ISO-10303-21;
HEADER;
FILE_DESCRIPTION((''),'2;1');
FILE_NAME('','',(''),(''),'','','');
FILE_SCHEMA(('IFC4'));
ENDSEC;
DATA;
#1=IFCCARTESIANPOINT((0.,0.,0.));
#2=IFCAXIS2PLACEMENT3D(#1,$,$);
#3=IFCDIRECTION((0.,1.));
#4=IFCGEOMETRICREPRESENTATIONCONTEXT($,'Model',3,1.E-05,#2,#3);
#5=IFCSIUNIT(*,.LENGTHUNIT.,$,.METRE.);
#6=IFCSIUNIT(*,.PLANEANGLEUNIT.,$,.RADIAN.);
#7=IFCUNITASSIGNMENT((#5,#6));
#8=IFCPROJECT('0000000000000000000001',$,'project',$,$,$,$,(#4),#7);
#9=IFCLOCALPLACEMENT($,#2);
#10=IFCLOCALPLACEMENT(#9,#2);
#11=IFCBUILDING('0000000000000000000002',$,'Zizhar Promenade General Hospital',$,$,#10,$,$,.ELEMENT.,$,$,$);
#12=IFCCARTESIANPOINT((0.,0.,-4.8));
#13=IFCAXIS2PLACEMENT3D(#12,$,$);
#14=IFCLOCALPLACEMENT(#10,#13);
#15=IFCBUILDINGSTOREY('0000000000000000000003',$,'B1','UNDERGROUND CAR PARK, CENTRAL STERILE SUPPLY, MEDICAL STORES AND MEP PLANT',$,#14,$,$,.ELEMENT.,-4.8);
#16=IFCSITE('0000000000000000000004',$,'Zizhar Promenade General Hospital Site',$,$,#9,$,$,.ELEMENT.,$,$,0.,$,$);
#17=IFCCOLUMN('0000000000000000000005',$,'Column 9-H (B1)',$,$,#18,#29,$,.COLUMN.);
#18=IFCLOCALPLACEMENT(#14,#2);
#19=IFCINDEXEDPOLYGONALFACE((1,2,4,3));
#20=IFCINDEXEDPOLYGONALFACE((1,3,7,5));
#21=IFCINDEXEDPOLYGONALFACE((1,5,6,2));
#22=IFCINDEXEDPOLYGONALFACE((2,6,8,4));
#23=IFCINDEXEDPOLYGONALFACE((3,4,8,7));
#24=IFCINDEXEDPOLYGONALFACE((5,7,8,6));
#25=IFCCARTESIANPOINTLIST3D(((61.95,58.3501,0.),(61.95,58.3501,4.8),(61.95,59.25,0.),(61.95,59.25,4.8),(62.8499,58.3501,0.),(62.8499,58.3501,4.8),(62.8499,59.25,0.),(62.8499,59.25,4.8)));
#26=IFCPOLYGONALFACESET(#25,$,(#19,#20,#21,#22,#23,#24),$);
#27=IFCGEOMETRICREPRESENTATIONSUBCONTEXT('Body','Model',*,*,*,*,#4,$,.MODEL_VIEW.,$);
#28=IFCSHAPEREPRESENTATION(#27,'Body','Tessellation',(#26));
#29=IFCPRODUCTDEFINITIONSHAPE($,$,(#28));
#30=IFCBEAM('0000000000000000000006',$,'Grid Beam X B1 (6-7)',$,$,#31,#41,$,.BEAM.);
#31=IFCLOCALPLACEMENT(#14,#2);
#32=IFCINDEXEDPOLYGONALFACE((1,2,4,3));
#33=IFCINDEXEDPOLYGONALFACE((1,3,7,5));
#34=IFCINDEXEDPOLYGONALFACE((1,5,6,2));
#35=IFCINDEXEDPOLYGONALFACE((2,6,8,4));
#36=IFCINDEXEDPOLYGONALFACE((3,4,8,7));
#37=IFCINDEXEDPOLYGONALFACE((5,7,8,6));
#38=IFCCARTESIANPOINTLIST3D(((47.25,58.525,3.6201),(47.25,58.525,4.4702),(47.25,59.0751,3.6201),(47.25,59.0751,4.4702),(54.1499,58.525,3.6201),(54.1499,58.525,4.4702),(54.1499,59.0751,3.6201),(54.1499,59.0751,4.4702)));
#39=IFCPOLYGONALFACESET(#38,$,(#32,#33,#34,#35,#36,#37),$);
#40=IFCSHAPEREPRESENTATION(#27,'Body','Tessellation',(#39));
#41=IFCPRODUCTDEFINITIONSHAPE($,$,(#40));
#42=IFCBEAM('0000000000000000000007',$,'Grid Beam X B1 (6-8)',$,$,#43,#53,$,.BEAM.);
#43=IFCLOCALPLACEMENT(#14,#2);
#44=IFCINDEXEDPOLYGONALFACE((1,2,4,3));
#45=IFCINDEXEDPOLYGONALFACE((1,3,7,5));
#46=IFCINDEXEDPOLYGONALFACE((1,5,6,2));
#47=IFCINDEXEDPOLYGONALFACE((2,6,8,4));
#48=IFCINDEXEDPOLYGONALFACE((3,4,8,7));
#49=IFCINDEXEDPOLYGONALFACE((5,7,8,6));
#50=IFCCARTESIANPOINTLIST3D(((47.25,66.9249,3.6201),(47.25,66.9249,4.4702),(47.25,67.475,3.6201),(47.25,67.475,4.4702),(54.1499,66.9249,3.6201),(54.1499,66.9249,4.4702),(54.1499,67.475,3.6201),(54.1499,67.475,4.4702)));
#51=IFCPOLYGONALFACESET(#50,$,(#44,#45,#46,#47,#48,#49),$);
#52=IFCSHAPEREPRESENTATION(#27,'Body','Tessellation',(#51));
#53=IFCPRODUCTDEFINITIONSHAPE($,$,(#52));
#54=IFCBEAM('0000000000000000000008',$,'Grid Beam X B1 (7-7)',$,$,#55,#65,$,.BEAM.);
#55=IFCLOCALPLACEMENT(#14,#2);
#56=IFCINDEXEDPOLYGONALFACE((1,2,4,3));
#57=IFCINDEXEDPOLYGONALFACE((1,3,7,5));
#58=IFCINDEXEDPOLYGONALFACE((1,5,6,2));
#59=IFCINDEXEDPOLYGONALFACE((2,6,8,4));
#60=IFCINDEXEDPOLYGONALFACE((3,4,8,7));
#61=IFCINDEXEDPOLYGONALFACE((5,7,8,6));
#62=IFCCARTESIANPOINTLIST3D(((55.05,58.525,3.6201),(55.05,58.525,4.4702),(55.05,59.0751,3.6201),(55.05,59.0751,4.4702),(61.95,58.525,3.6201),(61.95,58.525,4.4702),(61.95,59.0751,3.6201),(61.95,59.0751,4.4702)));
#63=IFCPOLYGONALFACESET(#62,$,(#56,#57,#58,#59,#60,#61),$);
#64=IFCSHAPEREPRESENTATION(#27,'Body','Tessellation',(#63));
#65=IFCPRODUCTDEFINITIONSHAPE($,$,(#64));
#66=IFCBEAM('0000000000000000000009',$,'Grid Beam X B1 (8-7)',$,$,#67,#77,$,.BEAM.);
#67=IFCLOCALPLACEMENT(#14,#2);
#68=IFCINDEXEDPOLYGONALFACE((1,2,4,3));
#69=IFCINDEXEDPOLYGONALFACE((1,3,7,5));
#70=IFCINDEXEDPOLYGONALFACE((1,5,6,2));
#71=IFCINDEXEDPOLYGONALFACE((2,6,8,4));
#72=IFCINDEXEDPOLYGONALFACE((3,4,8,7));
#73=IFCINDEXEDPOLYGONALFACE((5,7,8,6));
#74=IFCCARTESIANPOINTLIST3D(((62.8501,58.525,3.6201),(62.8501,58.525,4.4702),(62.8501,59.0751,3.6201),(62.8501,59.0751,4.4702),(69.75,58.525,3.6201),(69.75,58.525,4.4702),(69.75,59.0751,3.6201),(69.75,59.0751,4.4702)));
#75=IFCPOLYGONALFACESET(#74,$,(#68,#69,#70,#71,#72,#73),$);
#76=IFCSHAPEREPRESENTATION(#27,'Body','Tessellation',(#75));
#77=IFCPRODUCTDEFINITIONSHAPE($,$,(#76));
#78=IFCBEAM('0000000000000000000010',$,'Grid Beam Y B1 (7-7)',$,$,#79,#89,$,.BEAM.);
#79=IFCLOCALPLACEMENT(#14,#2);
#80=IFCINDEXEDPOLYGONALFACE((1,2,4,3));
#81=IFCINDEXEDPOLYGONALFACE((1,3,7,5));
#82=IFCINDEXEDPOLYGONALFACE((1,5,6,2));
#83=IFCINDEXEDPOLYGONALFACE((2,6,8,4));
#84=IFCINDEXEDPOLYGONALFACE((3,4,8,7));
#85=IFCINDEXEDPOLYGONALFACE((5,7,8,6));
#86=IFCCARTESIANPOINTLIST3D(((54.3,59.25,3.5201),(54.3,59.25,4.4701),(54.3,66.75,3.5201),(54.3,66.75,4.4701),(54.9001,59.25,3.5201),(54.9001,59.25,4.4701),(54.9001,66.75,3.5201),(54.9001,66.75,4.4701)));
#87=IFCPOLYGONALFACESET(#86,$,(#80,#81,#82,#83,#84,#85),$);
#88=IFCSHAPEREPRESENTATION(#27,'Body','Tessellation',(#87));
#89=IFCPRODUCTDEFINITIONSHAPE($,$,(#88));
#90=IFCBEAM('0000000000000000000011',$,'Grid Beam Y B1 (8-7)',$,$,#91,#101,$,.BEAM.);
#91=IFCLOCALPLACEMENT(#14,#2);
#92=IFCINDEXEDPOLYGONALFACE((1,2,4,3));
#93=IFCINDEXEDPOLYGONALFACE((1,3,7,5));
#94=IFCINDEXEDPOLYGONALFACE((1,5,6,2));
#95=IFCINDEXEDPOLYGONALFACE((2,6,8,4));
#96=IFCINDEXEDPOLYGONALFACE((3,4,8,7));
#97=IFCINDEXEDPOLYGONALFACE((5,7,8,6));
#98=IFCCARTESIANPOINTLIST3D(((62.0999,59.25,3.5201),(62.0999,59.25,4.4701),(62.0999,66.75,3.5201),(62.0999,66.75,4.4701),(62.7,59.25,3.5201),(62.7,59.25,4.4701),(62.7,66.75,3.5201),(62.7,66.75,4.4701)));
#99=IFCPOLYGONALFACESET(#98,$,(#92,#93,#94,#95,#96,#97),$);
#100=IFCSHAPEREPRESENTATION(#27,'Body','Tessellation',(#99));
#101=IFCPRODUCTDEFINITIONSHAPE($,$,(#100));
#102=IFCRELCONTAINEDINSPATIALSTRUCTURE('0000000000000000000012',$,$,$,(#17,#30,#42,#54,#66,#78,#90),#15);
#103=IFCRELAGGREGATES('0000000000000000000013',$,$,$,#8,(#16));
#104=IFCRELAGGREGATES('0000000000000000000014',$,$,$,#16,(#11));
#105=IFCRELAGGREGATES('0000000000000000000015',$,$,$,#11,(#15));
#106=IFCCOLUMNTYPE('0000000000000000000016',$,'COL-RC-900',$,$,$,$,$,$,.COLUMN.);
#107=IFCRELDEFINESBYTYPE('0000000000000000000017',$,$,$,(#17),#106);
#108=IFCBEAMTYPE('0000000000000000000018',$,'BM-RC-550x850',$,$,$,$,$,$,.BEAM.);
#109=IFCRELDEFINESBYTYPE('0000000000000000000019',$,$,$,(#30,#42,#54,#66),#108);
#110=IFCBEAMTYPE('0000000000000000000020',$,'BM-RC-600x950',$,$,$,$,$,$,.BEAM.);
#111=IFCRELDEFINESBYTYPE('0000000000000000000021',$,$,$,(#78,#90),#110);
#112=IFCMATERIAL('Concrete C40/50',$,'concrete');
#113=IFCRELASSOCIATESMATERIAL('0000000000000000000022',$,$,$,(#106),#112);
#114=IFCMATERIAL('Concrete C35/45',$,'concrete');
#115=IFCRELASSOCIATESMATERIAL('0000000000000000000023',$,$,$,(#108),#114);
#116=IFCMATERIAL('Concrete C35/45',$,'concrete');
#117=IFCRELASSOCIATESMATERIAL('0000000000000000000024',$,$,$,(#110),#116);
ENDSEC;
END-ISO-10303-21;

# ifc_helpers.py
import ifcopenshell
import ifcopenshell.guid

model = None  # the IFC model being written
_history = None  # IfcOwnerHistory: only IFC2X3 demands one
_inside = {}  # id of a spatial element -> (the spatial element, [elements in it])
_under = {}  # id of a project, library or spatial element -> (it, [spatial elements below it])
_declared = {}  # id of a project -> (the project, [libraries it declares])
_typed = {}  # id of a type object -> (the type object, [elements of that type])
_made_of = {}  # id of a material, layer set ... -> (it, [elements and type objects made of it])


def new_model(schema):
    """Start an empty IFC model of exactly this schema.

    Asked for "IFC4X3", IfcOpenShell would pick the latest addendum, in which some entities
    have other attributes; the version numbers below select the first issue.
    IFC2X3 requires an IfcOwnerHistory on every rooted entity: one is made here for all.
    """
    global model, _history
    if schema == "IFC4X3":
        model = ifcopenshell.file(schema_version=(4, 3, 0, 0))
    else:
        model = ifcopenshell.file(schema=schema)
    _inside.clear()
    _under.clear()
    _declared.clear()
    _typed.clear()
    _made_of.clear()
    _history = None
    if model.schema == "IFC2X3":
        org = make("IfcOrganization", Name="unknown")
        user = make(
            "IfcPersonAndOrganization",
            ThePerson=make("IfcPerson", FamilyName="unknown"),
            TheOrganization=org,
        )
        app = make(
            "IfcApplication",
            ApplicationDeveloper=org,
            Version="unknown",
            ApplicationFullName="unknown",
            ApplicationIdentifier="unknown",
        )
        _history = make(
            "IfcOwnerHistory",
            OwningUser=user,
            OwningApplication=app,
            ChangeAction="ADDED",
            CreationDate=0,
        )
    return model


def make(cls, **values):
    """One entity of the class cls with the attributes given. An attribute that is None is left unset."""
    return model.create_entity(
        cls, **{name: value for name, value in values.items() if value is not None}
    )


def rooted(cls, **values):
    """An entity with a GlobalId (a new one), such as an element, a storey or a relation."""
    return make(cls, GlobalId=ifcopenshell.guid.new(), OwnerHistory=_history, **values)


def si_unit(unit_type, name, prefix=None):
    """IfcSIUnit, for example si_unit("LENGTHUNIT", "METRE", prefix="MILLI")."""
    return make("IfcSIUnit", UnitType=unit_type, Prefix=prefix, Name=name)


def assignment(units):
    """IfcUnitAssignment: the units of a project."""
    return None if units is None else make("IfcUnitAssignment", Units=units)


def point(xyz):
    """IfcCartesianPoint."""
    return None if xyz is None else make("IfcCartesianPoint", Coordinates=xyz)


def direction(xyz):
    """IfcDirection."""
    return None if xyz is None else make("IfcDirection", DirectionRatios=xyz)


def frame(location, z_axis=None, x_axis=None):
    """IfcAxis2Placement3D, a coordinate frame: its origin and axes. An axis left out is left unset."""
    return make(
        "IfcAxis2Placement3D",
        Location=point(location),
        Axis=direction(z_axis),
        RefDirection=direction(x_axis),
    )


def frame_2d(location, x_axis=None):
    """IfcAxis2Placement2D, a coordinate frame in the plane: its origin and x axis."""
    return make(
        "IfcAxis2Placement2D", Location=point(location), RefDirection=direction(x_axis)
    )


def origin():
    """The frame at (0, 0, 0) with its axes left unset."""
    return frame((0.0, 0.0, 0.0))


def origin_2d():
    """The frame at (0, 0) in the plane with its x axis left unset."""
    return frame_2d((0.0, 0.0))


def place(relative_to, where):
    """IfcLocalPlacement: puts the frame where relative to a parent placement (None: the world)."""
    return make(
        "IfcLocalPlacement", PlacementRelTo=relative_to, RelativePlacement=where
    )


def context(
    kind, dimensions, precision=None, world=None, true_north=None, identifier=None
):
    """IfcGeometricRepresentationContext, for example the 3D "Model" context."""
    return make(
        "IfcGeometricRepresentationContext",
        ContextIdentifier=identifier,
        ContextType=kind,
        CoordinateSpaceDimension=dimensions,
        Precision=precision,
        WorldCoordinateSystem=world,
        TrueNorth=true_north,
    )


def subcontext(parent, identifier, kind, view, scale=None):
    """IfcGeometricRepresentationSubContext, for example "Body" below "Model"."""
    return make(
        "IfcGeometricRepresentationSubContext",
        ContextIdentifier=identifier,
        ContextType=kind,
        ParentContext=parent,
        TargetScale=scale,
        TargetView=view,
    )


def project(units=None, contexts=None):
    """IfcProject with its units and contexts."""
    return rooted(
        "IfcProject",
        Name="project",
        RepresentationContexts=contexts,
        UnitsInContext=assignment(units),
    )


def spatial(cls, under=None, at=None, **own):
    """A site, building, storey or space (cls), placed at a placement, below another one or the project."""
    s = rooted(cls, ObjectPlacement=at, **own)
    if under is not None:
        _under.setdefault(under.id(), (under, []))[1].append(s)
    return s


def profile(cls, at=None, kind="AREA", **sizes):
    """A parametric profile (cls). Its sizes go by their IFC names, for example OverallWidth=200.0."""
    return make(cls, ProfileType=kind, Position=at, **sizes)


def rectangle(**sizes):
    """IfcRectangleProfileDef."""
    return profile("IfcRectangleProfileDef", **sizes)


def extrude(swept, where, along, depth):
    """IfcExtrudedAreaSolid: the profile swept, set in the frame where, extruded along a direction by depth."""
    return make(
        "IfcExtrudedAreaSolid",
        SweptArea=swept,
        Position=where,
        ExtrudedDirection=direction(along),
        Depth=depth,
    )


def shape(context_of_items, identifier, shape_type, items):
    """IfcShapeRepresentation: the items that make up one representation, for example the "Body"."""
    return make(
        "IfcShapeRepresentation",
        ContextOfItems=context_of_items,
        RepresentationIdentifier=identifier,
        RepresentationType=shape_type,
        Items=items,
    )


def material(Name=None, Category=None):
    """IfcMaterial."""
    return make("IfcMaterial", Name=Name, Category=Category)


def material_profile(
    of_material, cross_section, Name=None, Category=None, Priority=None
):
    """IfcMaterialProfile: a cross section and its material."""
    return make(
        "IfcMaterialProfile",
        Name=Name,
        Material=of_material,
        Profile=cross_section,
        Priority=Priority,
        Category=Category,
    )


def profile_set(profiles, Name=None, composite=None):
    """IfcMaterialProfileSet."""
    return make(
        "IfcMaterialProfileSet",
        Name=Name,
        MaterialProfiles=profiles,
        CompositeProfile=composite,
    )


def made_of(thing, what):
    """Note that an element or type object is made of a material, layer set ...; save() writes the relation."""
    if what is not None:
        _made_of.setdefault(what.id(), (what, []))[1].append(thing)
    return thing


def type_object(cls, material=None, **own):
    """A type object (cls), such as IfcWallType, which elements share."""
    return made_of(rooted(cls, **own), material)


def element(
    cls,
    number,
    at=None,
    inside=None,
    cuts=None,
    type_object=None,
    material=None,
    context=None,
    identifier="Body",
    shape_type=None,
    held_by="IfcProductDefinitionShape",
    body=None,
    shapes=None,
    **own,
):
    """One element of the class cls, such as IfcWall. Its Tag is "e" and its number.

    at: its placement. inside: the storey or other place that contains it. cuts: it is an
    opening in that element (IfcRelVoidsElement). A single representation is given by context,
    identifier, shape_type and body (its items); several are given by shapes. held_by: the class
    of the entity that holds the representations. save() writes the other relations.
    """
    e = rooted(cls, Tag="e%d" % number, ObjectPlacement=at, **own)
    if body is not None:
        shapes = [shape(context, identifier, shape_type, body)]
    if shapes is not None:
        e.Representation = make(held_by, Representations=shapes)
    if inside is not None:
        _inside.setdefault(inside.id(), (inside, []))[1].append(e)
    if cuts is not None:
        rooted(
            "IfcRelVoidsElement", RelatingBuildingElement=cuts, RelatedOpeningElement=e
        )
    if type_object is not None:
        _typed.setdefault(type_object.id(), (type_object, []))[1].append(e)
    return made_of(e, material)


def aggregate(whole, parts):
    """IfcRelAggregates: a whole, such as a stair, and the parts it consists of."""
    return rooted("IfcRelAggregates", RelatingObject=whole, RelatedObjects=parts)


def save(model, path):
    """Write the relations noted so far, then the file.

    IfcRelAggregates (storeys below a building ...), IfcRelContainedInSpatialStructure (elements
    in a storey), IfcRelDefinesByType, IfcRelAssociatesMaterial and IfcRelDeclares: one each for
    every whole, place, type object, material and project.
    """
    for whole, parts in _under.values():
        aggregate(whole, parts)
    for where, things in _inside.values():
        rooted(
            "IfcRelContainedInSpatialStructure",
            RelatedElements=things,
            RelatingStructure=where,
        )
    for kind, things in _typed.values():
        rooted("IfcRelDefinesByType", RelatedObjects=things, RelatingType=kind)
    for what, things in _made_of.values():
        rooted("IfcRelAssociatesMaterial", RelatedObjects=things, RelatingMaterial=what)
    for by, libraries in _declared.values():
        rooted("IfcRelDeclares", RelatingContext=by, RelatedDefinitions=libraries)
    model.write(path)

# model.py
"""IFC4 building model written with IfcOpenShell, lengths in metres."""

from ifc_helpers import new_model, si_unit, direction, frame, origin, origin_2d, place, context, subcontext, project, spatial, rectangle, extrude, material, material_profile, profile_set, type_object, element, save


model = new_model("IFC4")

# Units and contexts
model_context = context("Model", 3, precision=1e-05, world=origin(), true_north=direction((0.0, 1.0)))
body_context = subcontext(model_context, "Body", "Model", "MODEL_VIEW")
ifc_project = project(units=[si_unit("LENGTHUNIT", "METRE"), si_unit("PLANEANGLEUNIT", "RADIAN")], contexts=[model_context])

# Site, building, storey
site_placement = place(None, origin())
site = spatial("IfcSite", under=ifc_project, at=site_placement, Name="Zizhar Promenade General Hospital Site", CompositionType="ELEMENT", RefElevation=0.0)
building_placement = place(site_placement, origin())
building = spatial("IfcBuilding", under=site, at=building_placement, Name="Zizhar Promenade General Hospital", CompositionType="ELEMENT")
storey_placement = place(building_placement, frame((0.0, 0.0, -4.8)))
storey = spatial("IfcBuildingStorey", under=building, at=storey_placement, Name="B1", Description="UNDERGROUND CAR PARK, CENTRAL STERILE SUPPLY, MEDICAL STORES AND MEP PLANT", CompositionType="ELEMENT", Elevation=-4.8)

# Column
ifc_material_1 = material(Name="Concrete C40/50", Category="concrete")
ifc_material_profile_1 = material_profile(ifc_material_1, rectangle(XDim=0.8999, YDim=0.8999, at=origin_2d()))
ifc_profile_set_1 = profile_set([ifc_material_profile_1], Name="Concrete C40/50")
column_type = type_object("IfcColumnType", Name="COL-RC-900", PredefinedType="COLUMN", material=ifc_profile_set_1)
for number, where, z_axis, x_axis, name in (
    (1, (62.3999, 58.8, 0.0), (0.0, 0.0, 1.0), (1.0, 0.0, 0.0), "Column 9-H (B1)"),
):
    element("IfcColumn", number, at=place(storey_placement, frame(where, z_axis=z_axis, x_axis=x_axis)), inside=storey, type_object=column_type, Name=name, PredefinedType="COLUMN", context=body_context, shape_type="SweptSolid", body=[
        extrude(rectangle(XDim=0.8999, YDim=0.8999, at=origin_2d()), origin(), (0.0, 0.0, 1.0), 4.8),
    ])

# Beams
ifc_material_2 = material(Name="Concrete C35/45", Category="concrete")
ifc_material_profile_2 = material_profile(ifc_material_2, rectangle(XDim=0.55, YDim=0.8501, at=origin_2d()))
ifc_profile_set_2 = profile_set([ifc_material_profile_2], Name="Concrete C35/45")
beam_type_1 = type_object("IfcBeamType", Name="BM-RC-550x850", PredefinedType="BEAM", material=ifc_profile_set_2)
for number, where, z_axis, x_axis, name in (
    (2, (47.25, 58.8, 4.0452), (1.0, 0.0, 0.0), (0.0, 1.0, 0.0), "Grid Beam X B1 (6-7)"),
    (3, (47.25, 67.2, 4.0452), (1.0, 0.0, 0.0), (0.0, 1.0, 0.0), "Grid Beam X B1 (6-8)"),
    (4, (55.05, 58.8, 4.0452), (1.0, 0.0, 0.0), (0.0, 1.0, 0.0), "Grid Beam X B1 (7-7)"),
    (5, (62.8501, 58.8, 4.0452), (1.0, 0.0, 0.0), (0.0, 1.0, 0.0), "Grid Beam X B1 (8-7)"),
):
    element("IfcBeam", number, at=place(storey_placement, frame(where, z_axis=z_axis, x_axis=x_axis)), inside=storey, type_object=beam_type_1, Name=name, PredefinedType="BEAM", context=body_context, shape_type="SweptSolid", body=[
        extrude(rectangle(XDim=0.55, YDim=0.8501, at=origin_2d()), origin(), (0.0, 0.0, 1.0), 6.8999),
    ])
ifc_material_3 = material(Name="Concrete C35/45", Category="concrete")
ifc_material_profile_3 = material_profile(ifc_material_3, rectangle(XDim=0.6001, YDim=0.95, at=origin_2d()))
ifc_profile_set_3 = profile_set([ifc_material_profile_3], Name="Concrete C35/45")
beam_type_2 = type_object("IfcBeamType", Name="BM-RC-600x950", PredefinedType="BEAM", material=ifc_profile_set_3)
for number, where, z_axis, x_axis, name in (
    (6, (54.6001, 59.25, 3.9951), (0.0, 1.0, 0.0), (-1.0, 0.0, 0.0), "Grid Beam Y B1 (7-7)"),
    (7, (62.3999, 59.25, 3.9951), (0.0, 1.0, 0.0), (-1.0, 0.0, 0.0), "Grid Beam Y B1 (8-7)"),
):
    element("IfcBeam", number, at=place(storey_placement, frame(where, z_axis=z_axis, x_axis=x_axis)), inside=storey, type_object=beam_type_2, Name=name, PredefinedType="BEAM", context=body_context, shape_type="SweptSolid", body=[
        extrude(rectangle(XDim=0.6001, YDim=0.95, at=origin_2d()), origin(), (0.0, 0.0, 1.0), 7.5),
    ])

save(model, "model.ifc")
